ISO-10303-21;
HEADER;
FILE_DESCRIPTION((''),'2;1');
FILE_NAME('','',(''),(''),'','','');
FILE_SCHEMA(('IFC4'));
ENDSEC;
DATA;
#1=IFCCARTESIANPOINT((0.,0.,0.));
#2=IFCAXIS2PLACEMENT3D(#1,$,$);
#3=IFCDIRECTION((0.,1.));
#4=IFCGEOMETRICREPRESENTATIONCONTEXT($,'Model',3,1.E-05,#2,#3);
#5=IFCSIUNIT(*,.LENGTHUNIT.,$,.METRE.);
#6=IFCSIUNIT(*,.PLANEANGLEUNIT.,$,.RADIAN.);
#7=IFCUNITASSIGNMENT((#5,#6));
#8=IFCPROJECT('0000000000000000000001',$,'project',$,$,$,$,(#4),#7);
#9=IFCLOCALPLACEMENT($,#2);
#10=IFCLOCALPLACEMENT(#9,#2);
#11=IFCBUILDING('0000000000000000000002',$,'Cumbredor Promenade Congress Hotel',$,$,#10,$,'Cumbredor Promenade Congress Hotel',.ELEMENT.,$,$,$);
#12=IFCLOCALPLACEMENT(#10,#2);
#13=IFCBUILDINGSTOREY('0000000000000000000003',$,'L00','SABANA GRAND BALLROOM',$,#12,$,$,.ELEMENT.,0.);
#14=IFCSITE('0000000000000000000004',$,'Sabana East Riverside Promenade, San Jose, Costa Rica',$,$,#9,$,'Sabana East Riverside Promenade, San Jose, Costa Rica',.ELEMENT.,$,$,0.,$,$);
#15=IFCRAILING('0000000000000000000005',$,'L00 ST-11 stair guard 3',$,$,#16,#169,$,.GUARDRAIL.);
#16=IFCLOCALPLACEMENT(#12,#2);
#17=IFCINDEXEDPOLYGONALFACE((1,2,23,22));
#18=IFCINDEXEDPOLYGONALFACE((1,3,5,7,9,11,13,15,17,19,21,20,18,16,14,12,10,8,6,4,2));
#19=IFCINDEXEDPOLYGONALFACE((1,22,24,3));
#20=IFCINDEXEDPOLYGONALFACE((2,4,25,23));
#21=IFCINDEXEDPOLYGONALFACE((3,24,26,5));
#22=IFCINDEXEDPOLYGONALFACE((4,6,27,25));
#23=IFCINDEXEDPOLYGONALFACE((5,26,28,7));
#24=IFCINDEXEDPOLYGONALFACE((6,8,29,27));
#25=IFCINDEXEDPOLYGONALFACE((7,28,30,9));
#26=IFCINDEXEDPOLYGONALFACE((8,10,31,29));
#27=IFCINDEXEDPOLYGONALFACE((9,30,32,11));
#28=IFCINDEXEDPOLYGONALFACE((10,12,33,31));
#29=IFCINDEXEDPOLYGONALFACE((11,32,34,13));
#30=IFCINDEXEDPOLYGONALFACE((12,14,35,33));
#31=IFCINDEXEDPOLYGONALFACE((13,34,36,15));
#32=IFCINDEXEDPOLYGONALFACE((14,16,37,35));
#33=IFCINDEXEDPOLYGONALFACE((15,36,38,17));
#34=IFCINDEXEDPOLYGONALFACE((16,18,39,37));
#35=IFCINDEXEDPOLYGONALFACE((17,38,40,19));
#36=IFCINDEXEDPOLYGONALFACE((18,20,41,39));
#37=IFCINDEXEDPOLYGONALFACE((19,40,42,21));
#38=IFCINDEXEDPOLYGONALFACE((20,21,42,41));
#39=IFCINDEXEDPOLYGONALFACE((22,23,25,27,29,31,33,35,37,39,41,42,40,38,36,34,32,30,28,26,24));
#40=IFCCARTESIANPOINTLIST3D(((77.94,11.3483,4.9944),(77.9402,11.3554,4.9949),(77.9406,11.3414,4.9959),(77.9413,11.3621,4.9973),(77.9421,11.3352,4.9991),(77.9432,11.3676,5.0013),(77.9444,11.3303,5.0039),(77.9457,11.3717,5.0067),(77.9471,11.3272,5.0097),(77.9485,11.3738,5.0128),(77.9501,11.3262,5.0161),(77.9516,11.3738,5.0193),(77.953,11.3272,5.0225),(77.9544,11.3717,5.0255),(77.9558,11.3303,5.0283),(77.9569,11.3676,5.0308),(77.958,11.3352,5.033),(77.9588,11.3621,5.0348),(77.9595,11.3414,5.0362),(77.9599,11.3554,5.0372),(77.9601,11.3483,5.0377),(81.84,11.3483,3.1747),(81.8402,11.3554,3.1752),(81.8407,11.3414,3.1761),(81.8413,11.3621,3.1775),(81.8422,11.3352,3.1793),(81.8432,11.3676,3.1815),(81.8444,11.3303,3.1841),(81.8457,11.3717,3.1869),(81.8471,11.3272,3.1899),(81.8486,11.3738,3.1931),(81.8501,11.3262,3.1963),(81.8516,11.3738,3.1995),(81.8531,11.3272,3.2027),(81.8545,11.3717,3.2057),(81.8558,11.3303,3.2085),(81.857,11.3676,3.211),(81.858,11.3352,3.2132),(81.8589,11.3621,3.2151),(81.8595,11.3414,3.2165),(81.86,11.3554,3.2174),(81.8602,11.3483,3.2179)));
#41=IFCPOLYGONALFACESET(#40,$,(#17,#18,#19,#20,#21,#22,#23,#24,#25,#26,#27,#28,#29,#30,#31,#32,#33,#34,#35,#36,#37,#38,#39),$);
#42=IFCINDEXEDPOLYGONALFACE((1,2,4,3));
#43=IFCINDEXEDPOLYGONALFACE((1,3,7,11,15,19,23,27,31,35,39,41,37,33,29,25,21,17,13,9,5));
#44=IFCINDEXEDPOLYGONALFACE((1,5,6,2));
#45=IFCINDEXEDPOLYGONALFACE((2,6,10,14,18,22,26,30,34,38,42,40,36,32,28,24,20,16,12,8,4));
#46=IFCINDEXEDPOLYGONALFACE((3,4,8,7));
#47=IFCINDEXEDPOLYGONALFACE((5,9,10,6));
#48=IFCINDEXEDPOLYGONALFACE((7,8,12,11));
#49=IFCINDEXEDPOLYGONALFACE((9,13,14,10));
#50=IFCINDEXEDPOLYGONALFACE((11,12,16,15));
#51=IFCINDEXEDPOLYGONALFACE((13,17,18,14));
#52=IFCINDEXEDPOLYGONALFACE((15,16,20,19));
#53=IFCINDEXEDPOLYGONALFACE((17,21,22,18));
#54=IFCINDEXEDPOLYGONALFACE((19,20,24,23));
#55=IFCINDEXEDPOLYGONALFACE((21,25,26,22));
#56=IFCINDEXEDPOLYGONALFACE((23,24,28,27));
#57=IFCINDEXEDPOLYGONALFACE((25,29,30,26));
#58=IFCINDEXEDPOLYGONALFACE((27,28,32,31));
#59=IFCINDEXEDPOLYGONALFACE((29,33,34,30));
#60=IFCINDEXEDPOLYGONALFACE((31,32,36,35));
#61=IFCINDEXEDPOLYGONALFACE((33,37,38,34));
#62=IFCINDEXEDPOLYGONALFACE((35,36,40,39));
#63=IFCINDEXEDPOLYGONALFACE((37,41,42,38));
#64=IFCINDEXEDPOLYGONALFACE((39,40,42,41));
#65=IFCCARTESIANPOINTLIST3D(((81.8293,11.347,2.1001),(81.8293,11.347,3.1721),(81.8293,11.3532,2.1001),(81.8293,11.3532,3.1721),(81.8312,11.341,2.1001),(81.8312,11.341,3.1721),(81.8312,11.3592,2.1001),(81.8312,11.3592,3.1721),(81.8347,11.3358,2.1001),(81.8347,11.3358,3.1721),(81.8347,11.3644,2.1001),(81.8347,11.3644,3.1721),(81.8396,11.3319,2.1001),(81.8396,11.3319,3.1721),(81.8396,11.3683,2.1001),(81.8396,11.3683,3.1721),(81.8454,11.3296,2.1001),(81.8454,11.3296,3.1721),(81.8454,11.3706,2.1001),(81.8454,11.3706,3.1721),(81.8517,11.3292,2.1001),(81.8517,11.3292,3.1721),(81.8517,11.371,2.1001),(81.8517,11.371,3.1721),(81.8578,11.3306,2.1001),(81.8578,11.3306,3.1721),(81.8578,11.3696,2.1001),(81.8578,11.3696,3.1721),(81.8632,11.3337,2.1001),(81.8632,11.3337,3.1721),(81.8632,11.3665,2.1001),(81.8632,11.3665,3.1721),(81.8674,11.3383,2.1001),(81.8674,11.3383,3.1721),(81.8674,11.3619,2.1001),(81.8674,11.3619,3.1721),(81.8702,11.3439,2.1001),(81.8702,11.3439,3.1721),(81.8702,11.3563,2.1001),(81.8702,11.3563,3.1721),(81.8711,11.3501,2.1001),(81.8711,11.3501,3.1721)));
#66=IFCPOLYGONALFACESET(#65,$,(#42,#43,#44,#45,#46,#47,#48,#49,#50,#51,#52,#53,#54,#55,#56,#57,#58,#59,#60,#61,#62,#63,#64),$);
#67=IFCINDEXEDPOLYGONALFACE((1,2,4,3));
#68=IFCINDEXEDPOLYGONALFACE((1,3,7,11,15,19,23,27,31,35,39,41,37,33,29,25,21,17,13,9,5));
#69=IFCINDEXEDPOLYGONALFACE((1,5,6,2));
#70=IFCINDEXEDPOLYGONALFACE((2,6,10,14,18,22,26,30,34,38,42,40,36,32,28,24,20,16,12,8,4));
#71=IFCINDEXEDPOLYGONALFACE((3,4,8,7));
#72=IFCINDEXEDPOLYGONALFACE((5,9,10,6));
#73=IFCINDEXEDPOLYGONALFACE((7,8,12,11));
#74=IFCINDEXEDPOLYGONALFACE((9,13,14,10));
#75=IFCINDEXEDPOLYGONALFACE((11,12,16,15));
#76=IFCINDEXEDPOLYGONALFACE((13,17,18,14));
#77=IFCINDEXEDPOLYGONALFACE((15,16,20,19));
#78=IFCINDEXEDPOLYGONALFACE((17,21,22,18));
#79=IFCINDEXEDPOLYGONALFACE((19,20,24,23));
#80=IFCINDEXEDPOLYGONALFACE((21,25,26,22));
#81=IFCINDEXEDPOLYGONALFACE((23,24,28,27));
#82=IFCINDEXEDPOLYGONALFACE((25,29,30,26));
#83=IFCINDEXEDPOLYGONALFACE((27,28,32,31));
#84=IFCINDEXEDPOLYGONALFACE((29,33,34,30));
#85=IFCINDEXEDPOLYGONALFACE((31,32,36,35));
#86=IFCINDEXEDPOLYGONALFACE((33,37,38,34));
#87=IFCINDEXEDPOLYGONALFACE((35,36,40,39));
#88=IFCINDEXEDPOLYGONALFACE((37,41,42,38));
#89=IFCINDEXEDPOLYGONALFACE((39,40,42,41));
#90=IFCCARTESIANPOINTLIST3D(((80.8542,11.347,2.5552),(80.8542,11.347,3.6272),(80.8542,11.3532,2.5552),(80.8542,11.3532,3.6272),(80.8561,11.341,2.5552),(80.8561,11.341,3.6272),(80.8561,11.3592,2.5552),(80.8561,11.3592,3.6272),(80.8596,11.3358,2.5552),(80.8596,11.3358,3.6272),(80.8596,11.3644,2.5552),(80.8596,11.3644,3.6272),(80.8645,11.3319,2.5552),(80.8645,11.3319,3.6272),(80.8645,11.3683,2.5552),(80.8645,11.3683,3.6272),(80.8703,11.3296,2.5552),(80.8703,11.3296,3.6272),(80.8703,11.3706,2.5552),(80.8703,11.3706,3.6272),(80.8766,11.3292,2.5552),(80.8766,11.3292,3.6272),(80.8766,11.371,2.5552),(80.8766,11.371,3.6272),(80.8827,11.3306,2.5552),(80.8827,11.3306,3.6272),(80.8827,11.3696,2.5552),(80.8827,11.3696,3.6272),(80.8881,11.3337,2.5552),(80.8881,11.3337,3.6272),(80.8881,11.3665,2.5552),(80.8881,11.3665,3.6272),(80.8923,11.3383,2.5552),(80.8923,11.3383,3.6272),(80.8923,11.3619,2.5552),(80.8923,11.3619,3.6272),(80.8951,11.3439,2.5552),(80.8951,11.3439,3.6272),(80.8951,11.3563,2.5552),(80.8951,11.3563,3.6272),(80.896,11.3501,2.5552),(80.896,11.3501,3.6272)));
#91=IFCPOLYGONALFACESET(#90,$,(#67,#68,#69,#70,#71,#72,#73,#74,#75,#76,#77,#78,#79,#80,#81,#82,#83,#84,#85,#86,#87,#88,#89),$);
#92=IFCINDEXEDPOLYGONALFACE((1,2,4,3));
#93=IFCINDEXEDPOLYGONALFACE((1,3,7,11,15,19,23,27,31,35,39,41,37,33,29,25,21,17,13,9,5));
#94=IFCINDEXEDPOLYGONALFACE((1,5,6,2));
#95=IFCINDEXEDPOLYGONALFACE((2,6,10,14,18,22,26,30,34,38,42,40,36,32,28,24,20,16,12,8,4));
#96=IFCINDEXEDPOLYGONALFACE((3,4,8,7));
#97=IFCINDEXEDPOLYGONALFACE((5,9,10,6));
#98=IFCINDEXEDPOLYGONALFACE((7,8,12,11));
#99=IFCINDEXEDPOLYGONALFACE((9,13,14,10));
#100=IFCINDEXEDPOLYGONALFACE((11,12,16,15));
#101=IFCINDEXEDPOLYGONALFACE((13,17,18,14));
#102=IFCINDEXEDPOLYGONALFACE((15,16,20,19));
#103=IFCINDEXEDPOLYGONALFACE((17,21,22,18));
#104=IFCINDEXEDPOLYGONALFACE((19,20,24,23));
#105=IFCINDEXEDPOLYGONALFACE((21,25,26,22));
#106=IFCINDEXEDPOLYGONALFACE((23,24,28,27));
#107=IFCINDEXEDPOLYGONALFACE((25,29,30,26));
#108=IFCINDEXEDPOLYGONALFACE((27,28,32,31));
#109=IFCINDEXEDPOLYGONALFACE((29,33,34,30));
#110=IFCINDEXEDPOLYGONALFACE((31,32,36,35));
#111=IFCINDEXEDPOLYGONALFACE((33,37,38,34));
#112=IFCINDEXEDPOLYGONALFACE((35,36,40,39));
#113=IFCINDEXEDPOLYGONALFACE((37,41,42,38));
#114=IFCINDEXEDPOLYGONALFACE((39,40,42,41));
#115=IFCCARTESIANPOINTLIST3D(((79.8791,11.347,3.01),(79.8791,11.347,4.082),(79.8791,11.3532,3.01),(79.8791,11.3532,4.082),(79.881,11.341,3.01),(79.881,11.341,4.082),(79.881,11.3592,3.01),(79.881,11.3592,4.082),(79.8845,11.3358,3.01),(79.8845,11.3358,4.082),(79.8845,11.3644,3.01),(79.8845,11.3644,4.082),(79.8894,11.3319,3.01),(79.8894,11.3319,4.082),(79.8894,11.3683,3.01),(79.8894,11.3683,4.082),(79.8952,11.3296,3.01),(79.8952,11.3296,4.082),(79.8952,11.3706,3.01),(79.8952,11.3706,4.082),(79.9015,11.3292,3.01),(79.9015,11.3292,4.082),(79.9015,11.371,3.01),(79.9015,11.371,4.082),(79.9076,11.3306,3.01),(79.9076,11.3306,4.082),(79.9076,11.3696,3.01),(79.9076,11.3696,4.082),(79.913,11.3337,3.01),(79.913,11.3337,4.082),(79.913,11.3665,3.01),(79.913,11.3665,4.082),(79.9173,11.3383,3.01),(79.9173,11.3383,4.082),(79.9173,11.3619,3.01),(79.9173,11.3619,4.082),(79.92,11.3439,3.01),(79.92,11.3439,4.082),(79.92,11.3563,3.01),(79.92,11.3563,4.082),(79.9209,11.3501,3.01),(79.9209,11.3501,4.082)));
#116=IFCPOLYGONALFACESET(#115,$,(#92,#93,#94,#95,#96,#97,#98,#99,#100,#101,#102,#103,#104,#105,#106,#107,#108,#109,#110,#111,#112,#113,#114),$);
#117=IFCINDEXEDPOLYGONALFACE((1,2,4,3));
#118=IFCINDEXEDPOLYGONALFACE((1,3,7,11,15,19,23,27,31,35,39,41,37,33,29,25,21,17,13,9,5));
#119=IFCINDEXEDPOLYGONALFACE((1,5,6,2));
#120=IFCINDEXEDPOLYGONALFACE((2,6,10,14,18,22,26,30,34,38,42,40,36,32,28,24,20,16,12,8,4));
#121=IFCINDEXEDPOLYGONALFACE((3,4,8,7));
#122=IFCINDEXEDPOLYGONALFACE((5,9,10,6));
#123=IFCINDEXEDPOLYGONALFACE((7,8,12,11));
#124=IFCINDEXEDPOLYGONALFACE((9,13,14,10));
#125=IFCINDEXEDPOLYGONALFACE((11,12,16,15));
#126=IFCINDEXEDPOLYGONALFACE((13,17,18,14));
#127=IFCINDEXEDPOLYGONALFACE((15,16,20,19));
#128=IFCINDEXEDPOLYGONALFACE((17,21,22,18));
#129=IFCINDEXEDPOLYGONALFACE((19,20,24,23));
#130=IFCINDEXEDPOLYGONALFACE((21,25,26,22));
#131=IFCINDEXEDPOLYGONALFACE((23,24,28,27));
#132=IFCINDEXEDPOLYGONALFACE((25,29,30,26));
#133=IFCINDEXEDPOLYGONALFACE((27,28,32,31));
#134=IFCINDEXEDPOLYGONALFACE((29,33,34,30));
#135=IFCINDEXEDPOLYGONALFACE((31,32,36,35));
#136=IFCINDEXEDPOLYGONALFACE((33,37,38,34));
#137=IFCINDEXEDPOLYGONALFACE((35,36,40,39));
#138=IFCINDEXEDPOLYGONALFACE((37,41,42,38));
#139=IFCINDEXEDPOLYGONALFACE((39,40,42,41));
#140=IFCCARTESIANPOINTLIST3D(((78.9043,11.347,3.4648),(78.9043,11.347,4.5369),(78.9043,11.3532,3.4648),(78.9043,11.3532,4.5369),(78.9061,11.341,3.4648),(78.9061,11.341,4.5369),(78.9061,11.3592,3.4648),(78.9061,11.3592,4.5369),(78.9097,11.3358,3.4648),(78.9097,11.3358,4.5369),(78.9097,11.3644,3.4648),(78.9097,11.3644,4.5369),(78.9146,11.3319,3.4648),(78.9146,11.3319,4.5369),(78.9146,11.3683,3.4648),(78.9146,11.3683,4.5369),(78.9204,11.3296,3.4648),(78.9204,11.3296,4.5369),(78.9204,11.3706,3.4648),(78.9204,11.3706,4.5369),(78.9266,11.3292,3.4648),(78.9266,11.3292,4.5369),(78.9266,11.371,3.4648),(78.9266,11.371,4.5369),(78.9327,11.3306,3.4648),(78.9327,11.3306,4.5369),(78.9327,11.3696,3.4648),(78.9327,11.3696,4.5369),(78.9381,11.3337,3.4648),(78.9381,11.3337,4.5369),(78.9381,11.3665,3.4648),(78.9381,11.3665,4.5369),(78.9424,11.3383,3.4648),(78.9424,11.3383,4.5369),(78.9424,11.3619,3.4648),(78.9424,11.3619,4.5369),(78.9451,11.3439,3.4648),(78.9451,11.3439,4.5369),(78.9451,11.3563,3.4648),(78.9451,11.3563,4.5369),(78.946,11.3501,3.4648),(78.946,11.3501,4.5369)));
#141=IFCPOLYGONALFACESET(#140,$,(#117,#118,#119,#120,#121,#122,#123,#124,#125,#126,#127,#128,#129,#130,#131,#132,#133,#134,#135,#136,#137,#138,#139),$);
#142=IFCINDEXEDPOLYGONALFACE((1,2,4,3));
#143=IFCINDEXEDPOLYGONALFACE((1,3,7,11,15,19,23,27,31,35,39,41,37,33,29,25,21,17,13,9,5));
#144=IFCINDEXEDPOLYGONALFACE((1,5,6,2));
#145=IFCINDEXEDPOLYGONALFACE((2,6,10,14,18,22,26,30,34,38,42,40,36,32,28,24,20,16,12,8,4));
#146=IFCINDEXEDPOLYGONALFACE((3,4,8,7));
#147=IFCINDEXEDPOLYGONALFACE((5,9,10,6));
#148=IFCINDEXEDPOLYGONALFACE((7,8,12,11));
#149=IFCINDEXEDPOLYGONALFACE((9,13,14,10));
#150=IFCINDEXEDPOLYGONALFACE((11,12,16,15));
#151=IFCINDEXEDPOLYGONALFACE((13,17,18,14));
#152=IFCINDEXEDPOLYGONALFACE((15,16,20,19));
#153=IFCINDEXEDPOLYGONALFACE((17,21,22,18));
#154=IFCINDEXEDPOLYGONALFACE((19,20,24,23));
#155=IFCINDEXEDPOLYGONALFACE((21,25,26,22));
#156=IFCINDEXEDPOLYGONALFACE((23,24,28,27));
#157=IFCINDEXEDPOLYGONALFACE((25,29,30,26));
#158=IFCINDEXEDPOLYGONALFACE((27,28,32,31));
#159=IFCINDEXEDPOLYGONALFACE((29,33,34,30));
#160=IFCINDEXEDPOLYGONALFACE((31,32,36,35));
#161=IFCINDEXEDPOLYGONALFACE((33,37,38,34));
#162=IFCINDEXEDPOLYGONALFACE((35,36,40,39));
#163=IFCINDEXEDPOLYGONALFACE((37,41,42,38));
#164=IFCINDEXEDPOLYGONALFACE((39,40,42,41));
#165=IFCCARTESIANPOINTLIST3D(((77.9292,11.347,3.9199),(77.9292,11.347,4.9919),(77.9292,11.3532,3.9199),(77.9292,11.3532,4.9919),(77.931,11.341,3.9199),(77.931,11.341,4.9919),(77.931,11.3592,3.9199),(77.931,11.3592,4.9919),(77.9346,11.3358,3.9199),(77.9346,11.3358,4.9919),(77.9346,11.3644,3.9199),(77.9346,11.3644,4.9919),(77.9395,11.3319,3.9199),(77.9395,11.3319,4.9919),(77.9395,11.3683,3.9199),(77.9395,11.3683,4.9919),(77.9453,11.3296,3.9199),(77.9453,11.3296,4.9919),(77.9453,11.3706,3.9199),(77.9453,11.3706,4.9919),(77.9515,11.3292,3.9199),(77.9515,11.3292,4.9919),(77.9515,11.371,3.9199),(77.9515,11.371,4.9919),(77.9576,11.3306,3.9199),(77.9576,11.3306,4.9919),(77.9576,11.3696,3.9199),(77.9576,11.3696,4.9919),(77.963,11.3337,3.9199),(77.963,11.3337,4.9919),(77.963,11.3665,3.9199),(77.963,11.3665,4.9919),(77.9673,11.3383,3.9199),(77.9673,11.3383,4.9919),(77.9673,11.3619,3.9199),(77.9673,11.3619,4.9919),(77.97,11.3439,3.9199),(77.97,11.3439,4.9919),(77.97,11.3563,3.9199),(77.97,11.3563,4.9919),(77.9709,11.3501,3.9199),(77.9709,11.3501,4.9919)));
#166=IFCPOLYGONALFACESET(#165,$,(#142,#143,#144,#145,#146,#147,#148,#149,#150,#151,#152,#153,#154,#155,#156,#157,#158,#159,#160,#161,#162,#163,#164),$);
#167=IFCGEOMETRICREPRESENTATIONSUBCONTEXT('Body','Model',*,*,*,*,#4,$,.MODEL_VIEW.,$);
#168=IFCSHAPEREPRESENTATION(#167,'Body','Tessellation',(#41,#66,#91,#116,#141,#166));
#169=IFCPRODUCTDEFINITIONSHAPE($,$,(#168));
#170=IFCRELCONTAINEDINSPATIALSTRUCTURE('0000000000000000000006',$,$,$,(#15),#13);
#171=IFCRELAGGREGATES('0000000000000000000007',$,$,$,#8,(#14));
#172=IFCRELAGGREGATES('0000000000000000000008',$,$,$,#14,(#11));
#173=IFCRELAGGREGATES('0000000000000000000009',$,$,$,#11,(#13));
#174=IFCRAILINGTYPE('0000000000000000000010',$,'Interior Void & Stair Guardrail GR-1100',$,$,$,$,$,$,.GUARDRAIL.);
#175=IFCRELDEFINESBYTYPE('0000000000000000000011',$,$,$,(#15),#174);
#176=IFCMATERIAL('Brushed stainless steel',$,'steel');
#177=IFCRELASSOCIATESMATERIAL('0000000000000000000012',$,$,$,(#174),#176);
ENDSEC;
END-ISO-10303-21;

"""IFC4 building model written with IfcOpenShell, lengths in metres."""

from ifc_helpers import new_model, si_unit, direction, frame, origin, origin_2d, place, context, subcontext, project, spatial, circle, extrude, material, type_object, element, save


model = new_model("IFC4")

# Units and contexts
model_context = context("Model", 3, precision=1e-05, world=origin(), true_north=direction((0.0, 1.0)))
body_context = subcontext(model_context, "Body", "Model", "MODEL_VIEW")
ifc_project = project(units=[si_unit("LENGTHUNIT", "METRE"), si_unit("PLANEANGLEUNIT", "RADIAN")], contexts=[model_context])

# Site, building, storey
site_placement = place(None, origin())
site = spatial("IfcSite", under=ifc_project, at=site_placement, Name="Sabana East Riverside Promenade, San Jose, Costa Rica", LongName="Sabana East Riverside Promenade, San Jose, Costa Rica", CompositionType="ELEMENT", RefElevation=0.0)
building_placement = place(site_placement, origin())
building = spatial("IfcBuilding", under=site, at=building_placement, Name="Cumbredor Promenade Congress Hotel", LongName="Cumbredor Promenade Congress Hotel", CompositionType="ELEMENT")
storey_placement = place(building_placement, origin())
storey = spatial("IfcBuildingStorey", under=building, at=storey_placement, Name="L00", Description="SABANA GRAND BALLROOM", CompositionType="ELEMENT", Elevation=0.0)

# Shared definitions
ifc_material_1 = material(Name="Brushed stainless steel", Category="steel")

# Railing
railing_type_1 = type_object("IfcRailingType", Name="Interior Void & Stair Guardrail GR-1100", PredefinedType="GUARDRAIL", material=ifc_material_1)
railing_1_placement = place(storey_placement, frame((81.8501, 11.3501, 2.1001)))
element("IfcRailing", 1, at=railing_1_placement, inside=storey, type_object=railing_type_1, Name="L00 ST-11 stair guard 3", PredefinedType="GUARDRAIL", context=body_context, shape_type="SweptSolid", body=[
    extrude(circle(Radius=0.0239, at=origin_2d()), frame((0.0, 0.0, 1.0962), z_axis=(-0.906205, 0.0, 0.422839), x_axis=(0.0, -1.0, 0.0)), (0.0, 0.0, 1.0), 4.3037),
    extrude(circle(Radius=0.021, at=origin_2d()), origin(), (0.0, 0.0, 1.0), 1.072),
    extrude(circle(Radius=0.021, at=origin_2d()), frame((-0.9751, 0.0, 0.4551)), (0.0, 0.0, 1.0), 1.072),
    extrude(circle(Radius=0.021, at=origin_2d()), frame((-1.9502, 0.0, 0.9099)), (0.0, 0.0, 1.0), 1.072),
    extrude(circle(Radius=0.021, at=origin_2d()), frame((-2.925, 0.0, 1.3647)), (0.0, 0.0, 1.0), 1.072),
    extrude(circle(Radius=0.021, at=origin_2d()), frame((-3.9001, 0.0, 1.8198)), (0.0, 0.0, 1.0), 1.072),
])

save(model, "model.ifc")
